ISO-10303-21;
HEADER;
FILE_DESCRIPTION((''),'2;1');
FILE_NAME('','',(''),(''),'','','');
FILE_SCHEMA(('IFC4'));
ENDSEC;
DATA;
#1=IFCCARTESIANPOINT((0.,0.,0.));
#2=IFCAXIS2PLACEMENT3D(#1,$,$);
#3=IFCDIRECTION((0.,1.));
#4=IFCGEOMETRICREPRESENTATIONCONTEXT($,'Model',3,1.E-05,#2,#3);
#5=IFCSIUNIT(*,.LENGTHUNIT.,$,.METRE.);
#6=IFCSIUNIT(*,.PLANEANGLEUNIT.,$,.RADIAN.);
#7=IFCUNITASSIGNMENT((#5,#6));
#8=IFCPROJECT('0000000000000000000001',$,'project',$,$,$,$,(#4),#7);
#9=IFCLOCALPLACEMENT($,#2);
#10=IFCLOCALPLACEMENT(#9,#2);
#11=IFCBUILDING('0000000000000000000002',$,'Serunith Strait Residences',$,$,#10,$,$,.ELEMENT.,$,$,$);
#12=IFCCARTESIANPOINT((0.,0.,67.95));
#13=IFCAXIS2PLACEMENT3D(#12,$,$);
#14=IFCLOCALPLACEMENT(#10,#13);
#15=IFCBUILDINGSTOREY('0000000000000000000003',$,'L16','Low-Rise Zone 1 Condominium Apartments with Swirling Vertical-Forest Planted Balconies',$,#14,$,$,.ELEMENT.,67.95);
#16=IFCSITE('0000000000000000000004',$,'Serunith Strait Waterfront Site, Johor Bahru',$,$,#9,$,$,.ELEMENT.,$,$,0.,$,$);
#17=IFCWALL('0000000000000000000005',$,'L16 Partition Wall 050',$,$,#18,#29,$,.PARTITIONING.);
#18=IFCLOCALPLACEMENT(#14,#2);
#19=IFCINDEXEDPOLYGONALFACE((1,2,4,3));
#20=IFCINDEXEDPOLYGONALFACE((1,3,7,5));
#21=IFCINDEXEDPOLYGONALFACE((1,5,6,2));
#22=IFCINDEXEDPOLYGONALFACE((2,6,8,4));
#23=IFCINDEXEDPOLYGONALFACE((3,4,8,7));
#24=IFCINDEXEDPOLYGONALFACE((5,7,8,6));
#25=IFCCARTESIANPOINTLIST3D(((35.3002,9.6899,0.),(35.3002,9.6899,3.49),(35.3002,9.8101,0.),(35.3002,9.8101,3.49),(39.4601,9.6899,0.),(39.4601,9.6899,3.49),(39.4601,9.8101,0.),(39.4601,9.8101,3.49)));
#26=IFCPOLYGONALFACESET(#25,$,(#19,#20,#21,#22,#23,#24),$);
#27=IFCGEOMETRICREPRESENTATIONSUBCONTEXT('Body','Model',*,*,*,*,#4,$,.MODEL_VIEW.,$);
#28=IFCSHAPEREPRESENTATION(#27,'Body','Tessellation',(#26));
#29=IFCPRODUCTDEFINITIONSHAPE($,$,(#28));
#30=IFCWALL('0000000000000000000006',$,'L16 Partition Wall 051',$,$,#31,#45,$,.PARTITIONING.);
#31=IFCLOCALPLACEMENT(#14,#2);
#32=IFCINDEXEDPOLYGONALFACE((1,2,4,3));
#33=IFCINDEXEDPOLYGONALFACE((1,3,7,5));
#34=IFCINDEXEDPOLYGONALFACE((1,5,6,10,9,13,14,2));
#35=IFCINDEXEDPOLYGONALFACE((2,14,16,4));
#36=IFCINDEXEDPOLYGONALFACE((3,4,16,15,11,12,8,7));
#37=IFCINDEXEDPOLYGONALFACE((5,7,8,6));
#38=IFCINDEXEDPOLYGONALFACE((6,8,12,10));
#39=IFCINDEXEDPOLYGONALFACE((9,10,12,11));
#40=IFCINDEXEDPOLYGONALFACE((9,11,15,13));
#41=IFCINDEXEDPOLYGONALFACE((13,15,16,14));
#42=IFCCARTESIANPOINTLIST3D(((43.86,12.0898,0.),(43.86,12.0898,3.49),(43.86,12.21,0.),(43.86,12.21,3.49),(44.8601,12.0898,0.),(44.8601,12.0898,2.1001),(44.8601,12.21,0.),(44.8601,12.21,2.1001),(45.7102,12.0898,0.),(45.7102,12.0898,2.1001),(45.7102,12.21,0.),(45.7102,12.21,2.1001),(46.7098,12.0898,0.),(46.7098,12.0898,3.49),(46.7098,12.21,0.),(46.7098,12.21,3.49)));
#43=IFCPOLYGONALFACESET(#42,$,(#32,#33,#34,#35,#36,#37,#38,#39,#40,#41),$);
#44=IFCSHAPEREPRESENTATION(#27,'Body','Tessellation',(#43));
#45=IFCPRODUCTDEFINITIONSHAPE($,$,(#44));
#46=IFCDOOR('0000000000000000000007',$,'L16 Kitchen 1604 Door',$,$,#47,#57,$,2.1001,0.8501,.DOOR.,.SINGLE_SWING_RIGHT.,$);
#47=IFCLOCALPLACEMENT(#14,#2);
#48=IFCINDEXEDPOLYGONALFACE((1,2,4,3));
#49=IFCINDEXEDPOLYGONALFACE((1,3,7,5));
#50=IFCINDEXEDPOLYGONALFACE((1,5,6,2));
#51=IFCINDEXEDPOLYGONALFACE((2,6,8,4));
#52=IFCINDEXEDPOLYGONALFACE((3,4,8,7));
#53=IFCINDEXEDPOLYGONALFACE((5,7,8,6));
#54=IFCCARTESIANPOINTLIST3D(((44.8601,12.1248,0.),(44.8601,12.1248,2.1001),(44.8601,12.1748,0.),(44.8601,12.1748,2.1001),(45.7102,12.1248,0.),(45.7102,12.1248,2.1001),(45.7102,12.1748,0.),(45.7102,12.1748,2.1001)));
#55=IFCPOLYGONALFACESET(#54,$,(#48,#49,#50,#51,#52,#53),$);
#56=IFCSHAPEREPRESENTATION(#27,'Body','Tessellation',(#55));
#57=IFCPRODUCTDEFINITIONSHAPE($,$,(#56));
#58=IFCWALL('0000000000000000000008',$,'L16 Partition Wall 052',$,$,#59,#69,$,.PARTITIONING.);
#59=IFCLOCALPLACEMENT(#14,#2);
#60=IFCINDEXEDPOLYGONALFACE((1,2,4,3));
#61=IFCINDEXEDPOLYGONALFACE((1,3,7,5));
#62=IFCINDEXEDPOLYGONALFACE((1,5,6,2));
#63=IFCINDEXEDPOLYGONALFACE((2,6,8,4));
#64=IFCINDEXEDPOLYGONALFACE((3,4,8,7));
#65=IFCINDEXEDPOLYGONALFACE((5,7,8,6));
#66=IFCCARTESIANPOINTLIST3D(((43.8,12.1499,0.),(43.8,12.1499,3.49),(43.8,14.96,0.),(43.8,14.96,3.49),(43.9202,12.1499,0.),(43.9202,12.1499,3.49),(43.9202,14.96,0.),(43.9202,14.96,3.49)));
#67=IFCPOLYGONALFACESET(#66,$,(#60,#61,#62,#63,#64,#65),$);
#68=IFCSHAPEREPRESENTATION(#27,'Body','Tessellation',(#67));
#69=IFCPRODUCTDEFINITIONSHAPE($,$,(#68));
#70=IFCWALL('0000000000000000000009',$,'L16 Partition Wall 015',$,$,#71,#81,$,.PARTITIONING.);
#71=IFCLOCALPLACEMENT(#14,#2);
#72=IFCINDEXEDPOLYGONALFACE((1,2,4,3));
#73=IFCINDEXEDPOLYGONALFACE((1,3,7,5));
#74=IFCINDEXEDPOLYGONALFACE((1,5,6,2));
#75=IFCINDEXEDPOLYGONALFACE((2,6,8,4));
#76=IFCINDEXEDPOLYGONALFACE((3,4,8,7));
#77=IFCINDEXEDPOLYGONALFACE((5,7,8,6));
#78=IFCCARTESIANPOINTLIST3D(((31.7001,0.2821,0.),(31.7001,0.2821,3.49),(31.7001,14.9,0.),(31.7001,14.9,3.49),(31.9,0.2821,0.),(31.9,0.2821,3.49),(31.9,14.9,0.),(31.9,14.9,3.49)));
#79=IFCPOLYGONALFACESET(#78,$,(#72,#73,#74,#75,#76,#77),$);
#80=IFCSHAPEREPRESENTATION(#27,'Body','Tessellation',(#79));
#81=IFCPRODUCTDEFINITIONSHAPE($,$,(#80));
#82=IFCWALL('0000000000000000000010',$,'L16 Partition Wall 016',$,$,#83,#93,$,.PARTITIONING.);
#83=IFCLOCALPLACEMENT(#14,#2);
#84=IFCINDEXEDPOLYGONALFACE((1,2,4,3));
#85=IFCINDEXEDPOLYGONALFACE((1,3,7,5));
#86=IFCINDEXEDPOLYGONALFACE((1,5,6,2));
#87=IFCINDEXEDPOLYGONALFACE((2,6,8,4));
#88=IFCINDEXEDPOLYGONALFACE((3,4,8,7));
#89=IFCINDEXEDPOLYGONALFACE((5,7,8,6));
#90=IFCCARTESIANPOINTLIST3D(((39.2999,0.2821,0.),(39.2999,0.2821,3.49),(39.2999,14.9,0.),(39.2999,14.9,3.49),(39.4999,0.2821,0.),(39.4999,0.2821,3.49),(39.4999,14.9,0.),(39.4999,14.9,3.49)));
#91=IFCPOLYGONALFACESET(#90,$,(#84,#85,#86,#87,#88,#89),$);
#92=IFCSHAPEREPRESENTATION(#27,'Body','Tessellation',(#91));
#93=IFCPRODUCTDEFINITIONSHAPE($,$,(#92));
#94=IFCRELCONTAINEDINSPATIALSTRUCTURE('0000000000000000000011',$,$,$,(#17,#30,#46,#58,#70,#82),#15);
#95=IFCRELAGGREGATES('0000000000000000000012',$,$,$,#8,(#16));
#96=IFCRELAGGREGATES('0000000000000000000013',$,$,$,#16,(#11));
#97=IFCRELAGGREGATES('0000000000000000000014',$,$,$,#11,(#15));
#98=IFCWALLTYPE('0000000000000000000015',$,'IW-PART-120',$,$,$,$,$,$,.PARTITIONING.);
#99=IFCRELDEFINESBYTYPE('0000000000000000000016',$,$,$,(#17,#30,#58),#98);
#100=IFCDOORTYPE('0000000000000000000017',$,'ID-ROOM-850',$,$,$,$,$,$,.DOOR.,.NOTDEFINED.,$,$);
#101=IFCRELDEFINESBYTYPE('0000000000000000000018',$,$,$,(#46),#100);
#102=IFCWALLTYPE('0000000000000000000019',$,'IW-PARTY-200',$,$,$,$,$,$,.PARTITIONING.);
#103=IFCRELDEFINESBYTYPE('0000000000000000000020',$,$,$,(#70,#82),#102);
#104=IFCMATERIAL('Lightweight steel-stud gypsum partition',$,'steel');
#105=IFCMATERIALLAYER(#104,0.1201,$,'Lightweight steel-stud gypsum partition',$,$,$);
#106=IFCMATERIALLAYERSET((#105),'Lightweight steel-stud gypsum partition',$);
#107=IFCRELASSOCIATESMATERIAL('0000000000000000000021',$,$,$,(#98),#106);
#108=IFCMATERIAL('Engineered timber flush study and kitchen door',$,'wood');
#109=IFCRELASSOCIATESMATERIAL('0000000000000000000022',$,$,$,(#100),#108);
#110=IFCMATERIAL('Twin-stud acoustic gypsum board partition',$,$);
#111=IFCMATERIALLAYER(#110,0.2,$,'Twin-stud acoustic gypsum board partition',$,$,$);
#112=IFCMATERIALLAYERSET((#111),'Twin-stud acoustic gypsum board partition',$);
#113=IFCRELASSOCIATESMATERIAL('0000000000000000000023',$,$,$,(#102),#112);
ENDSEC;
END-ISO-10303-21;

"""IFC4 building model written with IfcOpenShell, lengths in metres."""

from ifc_helpers import new_model, si_unit, direction, frame, frame_2d, origin, place, context, subcontext, project, spatial, rectangle, extrude, source, transform, mapped, material, layer, layer_set, type_object, element, fill, save


model = new_model("IFC4")

# Units and contexts
model_context = context("Model", 3, precision=1e-05, world=origin(), true_north=direction((0.0, 1.0)))
body_context = subcontext(model_context, "Body", "Model", "MODEL_VIEW")
ifc_project = project(units=[si_unit("LENGTHUNIT", "METRE"), si_unit("PLANEANGLEUNIT", "RADIAN")], contexts=[model_context])

# Site, building, storey
site_placement = place(None, origin())
site = spatial("IfcSite", under=ifc_project, at=site_placement, Name="Serunith Strait Waterfront Site, Johor Bahru", CompositionType="ELEMENT", RefElevation=0.0)
building_placement = place(site_placement, origin())
building = spatial("IfcBuilding", under=site, at=building_placement, Name="Serunith Strait Residences", CompositionType="ELEMENT")
storey_placement = place(building_placement, frame((0.0, 0.0, 67.95)))
storey = spatial("IfcBuildingStorey", under=building, at=storey_placement, Name="L16", Description="Low-Rise Zone 1 Condominium Apartments with Swirling Vertical-Forest Planted Balconies", CompositionType="ELEMENT", Elevation=67.95)

# Shared definitions
ifc_material_1 = material(Name="Lightweight steel-stud gypsum partition", Category="steel")
ifc_layer_1 = layer(ifc_material_1, 0.1201, Name="Lightweight steel-stud gypsum partition")
ifc_layer_set_1 = layer_set([ifc_layer_1], Name="Lightweight steel-stud gypsum partition")
wall_type_1 = type_object("IfcWallType", Name="IW-PART-120", PredefinedType="PARTITIONING", material=ifc_layer_set_1)
ifc_material_2 = material(Name="Engineered timber flush study and kitchen door", Category="wood")
door_type_1 = type_object("IfcDoorType", Name="ID-ROOM-850", OperationType="NOTDEFINED", PredefinedType="DOOR", material=ifc_material_2)
shared_shape_1 = source(origin(), body_context, "Body", "SweptSolid", [
    extrude(rectangle(XDim=0.8501, YDim=2.1001, at=frame_2d((0.425, 1.05))), frame((0.0, 0.0249, 0.0), z_axis=(0.0, -1.0, 0.0), x_axis=(1.0, 0.0, 0.0)), (0.0, 0.0, 1.0), 0.05),
])

# Wall
for number, where, z_axis, x_axis, name in (
    (1, (35.3, 9.75, 0.0), (0.0, 0.0, 1.0), (1.0, 0.0, 0.0), "L16 Partition Wall 050"),
):
    element("IfcWall", number, at=place(storey_placement, frame(where, z_axis=z_axis, x_axis=x_axis)), inside=storey, type_object=wall_type_1, Name=name, PredefinedType="PARTITIONING", context=body_context, shape_type="SweptSolid", body=[
        extrude(rectangle(XDim=4.1599, YDim=0.1201, at=frame_2d((2.0801, 0.0))), origin(), (0.0, 0.0, 1.0), 3.49),
    ])

# Wall, opening, door
wall_1_placement = place(storey_placement, frame((43.8601, 12.1499, 0.0), z_axis=(0.0, 0.0, 1.0), x_axis=(1.0, 0.0, 0.0)))
wall_1 = element("IfcWall", 2, at=wall_1_placement, inside=storey, type_object=wall_type_1, Name="L16 Partition Wall 051", PredefinedType="PARTITIONING", context=body_context, shape_type="SweptSolid", body=[
    extrude(rectangle(XDim=2.8499, YDim=0.1201, at=frame_2d((1.4248, 0.0))), origin(), (0.0, 0.0, 1.0), 3.49),
])
opening_1_placement = place(wall_1_placement, frame((1.0, 0.0, 0.0)))
opening_1 = element("IfcOpeningElement", 3, at=opening_1_placement, cuts=wall_1, PredefinedType="OPENING", context=body_context, shape_type="SweptSolid", body=[
    extrude(rectangle(XDim=0.8501, YDim=2.1001, at=frame_2d((0.425, 1.05))), frame((0.0, 0.0701, 0.0), z_axis=(0.0, -1.0, 0.0), x_axis=(1.0, 0.0, 0.0)), (0.0, 0.0, 1.0), 0.1401),
])
door_1_placement = place(opening_1_placement, origin())
door_1 = element("IfcDoor", 4, at=door_1_placement, inside=storey, type_object=door_type_1, Name="L16 Kitchen 1604 Door", OperationType="SINGLE_SWING_RIGHT", OverallHeight=2.1001, OverallWidth=0.8501, PredefinedType="DOOR", context=body_context, shape_type="MappedRepresentation", body=[
    mapped(shared_shape_1, transform((0.0, 0.0, 0.0), scale=1.0)),
])
fill(opening_1, door_1)

# Walls
wall_2_placement = place(storey_placement, frame((43.8601, 12.1499, 0.0), z_axis=(0.0, 0.0, 1.0), x_axis=(0.0, 1.0, 0.0)))
element("IfcWall", 5, at=wall_2_placement, inside=storey, type_object=wall_type_1, Name="L16 Partition Wall 052", PredefinedType="PARTITIONING", context=body_context, shape_type="SweptSolid", body=[
    extrude(rectangle(XDim=2.8101, YDim=0.1201, at=frame_2d((1.405, 0.0))), origin(), (0.0, 0.0, 1.0), 3.49),
])
ifc_material_3 = material(Name="Twin-stud acoustic gypsum board partition")
ifc_layer_2 = layer(ifc_material_3, 0.2, Name="Twin-stud acoustic gypsum board partition")
ifc_layer_set_2 = layer_set([ifc_layer_2], Name="Twin-stud acoustic gypsum board partition")
wall_type_2 = type_object("IfcWallType", Name="IW-PARTY-200", PredefinedType="PARTITIONING", material=ifc_layer_set_2)
for number, where, z_axis, x_axis, name in (
    (6, (31.8, 0.282, 0.0), (0.0, 0.0, 1.0), (0.0, 1.0, 0.0), "L16 Partition Wall 015"),
    (7, (39.3999, 0.282, 0.0), (0.0, 0.0, 1.0), (0.0, 1.0, 0.0), "L16 Partition Wall 016"),
):
    element("IfcWall", number, at=place(storey_placement, frame(where, z_axis=z_axis, x_axis=x_axis)), inside=storey, type_object=wall_type_2, Name=name, PredefinedType="PARTITIONING", context=body_context, shape_type="SweptSolid", body=[
        extrude(rectangle(XDim=14.6179, YDim=0.2, at=frame_2d((7.3091, 0.0))), origin(), (0.0, 0.0, 1.0), 3.49),
    ])

save(model, "model.ifc")
